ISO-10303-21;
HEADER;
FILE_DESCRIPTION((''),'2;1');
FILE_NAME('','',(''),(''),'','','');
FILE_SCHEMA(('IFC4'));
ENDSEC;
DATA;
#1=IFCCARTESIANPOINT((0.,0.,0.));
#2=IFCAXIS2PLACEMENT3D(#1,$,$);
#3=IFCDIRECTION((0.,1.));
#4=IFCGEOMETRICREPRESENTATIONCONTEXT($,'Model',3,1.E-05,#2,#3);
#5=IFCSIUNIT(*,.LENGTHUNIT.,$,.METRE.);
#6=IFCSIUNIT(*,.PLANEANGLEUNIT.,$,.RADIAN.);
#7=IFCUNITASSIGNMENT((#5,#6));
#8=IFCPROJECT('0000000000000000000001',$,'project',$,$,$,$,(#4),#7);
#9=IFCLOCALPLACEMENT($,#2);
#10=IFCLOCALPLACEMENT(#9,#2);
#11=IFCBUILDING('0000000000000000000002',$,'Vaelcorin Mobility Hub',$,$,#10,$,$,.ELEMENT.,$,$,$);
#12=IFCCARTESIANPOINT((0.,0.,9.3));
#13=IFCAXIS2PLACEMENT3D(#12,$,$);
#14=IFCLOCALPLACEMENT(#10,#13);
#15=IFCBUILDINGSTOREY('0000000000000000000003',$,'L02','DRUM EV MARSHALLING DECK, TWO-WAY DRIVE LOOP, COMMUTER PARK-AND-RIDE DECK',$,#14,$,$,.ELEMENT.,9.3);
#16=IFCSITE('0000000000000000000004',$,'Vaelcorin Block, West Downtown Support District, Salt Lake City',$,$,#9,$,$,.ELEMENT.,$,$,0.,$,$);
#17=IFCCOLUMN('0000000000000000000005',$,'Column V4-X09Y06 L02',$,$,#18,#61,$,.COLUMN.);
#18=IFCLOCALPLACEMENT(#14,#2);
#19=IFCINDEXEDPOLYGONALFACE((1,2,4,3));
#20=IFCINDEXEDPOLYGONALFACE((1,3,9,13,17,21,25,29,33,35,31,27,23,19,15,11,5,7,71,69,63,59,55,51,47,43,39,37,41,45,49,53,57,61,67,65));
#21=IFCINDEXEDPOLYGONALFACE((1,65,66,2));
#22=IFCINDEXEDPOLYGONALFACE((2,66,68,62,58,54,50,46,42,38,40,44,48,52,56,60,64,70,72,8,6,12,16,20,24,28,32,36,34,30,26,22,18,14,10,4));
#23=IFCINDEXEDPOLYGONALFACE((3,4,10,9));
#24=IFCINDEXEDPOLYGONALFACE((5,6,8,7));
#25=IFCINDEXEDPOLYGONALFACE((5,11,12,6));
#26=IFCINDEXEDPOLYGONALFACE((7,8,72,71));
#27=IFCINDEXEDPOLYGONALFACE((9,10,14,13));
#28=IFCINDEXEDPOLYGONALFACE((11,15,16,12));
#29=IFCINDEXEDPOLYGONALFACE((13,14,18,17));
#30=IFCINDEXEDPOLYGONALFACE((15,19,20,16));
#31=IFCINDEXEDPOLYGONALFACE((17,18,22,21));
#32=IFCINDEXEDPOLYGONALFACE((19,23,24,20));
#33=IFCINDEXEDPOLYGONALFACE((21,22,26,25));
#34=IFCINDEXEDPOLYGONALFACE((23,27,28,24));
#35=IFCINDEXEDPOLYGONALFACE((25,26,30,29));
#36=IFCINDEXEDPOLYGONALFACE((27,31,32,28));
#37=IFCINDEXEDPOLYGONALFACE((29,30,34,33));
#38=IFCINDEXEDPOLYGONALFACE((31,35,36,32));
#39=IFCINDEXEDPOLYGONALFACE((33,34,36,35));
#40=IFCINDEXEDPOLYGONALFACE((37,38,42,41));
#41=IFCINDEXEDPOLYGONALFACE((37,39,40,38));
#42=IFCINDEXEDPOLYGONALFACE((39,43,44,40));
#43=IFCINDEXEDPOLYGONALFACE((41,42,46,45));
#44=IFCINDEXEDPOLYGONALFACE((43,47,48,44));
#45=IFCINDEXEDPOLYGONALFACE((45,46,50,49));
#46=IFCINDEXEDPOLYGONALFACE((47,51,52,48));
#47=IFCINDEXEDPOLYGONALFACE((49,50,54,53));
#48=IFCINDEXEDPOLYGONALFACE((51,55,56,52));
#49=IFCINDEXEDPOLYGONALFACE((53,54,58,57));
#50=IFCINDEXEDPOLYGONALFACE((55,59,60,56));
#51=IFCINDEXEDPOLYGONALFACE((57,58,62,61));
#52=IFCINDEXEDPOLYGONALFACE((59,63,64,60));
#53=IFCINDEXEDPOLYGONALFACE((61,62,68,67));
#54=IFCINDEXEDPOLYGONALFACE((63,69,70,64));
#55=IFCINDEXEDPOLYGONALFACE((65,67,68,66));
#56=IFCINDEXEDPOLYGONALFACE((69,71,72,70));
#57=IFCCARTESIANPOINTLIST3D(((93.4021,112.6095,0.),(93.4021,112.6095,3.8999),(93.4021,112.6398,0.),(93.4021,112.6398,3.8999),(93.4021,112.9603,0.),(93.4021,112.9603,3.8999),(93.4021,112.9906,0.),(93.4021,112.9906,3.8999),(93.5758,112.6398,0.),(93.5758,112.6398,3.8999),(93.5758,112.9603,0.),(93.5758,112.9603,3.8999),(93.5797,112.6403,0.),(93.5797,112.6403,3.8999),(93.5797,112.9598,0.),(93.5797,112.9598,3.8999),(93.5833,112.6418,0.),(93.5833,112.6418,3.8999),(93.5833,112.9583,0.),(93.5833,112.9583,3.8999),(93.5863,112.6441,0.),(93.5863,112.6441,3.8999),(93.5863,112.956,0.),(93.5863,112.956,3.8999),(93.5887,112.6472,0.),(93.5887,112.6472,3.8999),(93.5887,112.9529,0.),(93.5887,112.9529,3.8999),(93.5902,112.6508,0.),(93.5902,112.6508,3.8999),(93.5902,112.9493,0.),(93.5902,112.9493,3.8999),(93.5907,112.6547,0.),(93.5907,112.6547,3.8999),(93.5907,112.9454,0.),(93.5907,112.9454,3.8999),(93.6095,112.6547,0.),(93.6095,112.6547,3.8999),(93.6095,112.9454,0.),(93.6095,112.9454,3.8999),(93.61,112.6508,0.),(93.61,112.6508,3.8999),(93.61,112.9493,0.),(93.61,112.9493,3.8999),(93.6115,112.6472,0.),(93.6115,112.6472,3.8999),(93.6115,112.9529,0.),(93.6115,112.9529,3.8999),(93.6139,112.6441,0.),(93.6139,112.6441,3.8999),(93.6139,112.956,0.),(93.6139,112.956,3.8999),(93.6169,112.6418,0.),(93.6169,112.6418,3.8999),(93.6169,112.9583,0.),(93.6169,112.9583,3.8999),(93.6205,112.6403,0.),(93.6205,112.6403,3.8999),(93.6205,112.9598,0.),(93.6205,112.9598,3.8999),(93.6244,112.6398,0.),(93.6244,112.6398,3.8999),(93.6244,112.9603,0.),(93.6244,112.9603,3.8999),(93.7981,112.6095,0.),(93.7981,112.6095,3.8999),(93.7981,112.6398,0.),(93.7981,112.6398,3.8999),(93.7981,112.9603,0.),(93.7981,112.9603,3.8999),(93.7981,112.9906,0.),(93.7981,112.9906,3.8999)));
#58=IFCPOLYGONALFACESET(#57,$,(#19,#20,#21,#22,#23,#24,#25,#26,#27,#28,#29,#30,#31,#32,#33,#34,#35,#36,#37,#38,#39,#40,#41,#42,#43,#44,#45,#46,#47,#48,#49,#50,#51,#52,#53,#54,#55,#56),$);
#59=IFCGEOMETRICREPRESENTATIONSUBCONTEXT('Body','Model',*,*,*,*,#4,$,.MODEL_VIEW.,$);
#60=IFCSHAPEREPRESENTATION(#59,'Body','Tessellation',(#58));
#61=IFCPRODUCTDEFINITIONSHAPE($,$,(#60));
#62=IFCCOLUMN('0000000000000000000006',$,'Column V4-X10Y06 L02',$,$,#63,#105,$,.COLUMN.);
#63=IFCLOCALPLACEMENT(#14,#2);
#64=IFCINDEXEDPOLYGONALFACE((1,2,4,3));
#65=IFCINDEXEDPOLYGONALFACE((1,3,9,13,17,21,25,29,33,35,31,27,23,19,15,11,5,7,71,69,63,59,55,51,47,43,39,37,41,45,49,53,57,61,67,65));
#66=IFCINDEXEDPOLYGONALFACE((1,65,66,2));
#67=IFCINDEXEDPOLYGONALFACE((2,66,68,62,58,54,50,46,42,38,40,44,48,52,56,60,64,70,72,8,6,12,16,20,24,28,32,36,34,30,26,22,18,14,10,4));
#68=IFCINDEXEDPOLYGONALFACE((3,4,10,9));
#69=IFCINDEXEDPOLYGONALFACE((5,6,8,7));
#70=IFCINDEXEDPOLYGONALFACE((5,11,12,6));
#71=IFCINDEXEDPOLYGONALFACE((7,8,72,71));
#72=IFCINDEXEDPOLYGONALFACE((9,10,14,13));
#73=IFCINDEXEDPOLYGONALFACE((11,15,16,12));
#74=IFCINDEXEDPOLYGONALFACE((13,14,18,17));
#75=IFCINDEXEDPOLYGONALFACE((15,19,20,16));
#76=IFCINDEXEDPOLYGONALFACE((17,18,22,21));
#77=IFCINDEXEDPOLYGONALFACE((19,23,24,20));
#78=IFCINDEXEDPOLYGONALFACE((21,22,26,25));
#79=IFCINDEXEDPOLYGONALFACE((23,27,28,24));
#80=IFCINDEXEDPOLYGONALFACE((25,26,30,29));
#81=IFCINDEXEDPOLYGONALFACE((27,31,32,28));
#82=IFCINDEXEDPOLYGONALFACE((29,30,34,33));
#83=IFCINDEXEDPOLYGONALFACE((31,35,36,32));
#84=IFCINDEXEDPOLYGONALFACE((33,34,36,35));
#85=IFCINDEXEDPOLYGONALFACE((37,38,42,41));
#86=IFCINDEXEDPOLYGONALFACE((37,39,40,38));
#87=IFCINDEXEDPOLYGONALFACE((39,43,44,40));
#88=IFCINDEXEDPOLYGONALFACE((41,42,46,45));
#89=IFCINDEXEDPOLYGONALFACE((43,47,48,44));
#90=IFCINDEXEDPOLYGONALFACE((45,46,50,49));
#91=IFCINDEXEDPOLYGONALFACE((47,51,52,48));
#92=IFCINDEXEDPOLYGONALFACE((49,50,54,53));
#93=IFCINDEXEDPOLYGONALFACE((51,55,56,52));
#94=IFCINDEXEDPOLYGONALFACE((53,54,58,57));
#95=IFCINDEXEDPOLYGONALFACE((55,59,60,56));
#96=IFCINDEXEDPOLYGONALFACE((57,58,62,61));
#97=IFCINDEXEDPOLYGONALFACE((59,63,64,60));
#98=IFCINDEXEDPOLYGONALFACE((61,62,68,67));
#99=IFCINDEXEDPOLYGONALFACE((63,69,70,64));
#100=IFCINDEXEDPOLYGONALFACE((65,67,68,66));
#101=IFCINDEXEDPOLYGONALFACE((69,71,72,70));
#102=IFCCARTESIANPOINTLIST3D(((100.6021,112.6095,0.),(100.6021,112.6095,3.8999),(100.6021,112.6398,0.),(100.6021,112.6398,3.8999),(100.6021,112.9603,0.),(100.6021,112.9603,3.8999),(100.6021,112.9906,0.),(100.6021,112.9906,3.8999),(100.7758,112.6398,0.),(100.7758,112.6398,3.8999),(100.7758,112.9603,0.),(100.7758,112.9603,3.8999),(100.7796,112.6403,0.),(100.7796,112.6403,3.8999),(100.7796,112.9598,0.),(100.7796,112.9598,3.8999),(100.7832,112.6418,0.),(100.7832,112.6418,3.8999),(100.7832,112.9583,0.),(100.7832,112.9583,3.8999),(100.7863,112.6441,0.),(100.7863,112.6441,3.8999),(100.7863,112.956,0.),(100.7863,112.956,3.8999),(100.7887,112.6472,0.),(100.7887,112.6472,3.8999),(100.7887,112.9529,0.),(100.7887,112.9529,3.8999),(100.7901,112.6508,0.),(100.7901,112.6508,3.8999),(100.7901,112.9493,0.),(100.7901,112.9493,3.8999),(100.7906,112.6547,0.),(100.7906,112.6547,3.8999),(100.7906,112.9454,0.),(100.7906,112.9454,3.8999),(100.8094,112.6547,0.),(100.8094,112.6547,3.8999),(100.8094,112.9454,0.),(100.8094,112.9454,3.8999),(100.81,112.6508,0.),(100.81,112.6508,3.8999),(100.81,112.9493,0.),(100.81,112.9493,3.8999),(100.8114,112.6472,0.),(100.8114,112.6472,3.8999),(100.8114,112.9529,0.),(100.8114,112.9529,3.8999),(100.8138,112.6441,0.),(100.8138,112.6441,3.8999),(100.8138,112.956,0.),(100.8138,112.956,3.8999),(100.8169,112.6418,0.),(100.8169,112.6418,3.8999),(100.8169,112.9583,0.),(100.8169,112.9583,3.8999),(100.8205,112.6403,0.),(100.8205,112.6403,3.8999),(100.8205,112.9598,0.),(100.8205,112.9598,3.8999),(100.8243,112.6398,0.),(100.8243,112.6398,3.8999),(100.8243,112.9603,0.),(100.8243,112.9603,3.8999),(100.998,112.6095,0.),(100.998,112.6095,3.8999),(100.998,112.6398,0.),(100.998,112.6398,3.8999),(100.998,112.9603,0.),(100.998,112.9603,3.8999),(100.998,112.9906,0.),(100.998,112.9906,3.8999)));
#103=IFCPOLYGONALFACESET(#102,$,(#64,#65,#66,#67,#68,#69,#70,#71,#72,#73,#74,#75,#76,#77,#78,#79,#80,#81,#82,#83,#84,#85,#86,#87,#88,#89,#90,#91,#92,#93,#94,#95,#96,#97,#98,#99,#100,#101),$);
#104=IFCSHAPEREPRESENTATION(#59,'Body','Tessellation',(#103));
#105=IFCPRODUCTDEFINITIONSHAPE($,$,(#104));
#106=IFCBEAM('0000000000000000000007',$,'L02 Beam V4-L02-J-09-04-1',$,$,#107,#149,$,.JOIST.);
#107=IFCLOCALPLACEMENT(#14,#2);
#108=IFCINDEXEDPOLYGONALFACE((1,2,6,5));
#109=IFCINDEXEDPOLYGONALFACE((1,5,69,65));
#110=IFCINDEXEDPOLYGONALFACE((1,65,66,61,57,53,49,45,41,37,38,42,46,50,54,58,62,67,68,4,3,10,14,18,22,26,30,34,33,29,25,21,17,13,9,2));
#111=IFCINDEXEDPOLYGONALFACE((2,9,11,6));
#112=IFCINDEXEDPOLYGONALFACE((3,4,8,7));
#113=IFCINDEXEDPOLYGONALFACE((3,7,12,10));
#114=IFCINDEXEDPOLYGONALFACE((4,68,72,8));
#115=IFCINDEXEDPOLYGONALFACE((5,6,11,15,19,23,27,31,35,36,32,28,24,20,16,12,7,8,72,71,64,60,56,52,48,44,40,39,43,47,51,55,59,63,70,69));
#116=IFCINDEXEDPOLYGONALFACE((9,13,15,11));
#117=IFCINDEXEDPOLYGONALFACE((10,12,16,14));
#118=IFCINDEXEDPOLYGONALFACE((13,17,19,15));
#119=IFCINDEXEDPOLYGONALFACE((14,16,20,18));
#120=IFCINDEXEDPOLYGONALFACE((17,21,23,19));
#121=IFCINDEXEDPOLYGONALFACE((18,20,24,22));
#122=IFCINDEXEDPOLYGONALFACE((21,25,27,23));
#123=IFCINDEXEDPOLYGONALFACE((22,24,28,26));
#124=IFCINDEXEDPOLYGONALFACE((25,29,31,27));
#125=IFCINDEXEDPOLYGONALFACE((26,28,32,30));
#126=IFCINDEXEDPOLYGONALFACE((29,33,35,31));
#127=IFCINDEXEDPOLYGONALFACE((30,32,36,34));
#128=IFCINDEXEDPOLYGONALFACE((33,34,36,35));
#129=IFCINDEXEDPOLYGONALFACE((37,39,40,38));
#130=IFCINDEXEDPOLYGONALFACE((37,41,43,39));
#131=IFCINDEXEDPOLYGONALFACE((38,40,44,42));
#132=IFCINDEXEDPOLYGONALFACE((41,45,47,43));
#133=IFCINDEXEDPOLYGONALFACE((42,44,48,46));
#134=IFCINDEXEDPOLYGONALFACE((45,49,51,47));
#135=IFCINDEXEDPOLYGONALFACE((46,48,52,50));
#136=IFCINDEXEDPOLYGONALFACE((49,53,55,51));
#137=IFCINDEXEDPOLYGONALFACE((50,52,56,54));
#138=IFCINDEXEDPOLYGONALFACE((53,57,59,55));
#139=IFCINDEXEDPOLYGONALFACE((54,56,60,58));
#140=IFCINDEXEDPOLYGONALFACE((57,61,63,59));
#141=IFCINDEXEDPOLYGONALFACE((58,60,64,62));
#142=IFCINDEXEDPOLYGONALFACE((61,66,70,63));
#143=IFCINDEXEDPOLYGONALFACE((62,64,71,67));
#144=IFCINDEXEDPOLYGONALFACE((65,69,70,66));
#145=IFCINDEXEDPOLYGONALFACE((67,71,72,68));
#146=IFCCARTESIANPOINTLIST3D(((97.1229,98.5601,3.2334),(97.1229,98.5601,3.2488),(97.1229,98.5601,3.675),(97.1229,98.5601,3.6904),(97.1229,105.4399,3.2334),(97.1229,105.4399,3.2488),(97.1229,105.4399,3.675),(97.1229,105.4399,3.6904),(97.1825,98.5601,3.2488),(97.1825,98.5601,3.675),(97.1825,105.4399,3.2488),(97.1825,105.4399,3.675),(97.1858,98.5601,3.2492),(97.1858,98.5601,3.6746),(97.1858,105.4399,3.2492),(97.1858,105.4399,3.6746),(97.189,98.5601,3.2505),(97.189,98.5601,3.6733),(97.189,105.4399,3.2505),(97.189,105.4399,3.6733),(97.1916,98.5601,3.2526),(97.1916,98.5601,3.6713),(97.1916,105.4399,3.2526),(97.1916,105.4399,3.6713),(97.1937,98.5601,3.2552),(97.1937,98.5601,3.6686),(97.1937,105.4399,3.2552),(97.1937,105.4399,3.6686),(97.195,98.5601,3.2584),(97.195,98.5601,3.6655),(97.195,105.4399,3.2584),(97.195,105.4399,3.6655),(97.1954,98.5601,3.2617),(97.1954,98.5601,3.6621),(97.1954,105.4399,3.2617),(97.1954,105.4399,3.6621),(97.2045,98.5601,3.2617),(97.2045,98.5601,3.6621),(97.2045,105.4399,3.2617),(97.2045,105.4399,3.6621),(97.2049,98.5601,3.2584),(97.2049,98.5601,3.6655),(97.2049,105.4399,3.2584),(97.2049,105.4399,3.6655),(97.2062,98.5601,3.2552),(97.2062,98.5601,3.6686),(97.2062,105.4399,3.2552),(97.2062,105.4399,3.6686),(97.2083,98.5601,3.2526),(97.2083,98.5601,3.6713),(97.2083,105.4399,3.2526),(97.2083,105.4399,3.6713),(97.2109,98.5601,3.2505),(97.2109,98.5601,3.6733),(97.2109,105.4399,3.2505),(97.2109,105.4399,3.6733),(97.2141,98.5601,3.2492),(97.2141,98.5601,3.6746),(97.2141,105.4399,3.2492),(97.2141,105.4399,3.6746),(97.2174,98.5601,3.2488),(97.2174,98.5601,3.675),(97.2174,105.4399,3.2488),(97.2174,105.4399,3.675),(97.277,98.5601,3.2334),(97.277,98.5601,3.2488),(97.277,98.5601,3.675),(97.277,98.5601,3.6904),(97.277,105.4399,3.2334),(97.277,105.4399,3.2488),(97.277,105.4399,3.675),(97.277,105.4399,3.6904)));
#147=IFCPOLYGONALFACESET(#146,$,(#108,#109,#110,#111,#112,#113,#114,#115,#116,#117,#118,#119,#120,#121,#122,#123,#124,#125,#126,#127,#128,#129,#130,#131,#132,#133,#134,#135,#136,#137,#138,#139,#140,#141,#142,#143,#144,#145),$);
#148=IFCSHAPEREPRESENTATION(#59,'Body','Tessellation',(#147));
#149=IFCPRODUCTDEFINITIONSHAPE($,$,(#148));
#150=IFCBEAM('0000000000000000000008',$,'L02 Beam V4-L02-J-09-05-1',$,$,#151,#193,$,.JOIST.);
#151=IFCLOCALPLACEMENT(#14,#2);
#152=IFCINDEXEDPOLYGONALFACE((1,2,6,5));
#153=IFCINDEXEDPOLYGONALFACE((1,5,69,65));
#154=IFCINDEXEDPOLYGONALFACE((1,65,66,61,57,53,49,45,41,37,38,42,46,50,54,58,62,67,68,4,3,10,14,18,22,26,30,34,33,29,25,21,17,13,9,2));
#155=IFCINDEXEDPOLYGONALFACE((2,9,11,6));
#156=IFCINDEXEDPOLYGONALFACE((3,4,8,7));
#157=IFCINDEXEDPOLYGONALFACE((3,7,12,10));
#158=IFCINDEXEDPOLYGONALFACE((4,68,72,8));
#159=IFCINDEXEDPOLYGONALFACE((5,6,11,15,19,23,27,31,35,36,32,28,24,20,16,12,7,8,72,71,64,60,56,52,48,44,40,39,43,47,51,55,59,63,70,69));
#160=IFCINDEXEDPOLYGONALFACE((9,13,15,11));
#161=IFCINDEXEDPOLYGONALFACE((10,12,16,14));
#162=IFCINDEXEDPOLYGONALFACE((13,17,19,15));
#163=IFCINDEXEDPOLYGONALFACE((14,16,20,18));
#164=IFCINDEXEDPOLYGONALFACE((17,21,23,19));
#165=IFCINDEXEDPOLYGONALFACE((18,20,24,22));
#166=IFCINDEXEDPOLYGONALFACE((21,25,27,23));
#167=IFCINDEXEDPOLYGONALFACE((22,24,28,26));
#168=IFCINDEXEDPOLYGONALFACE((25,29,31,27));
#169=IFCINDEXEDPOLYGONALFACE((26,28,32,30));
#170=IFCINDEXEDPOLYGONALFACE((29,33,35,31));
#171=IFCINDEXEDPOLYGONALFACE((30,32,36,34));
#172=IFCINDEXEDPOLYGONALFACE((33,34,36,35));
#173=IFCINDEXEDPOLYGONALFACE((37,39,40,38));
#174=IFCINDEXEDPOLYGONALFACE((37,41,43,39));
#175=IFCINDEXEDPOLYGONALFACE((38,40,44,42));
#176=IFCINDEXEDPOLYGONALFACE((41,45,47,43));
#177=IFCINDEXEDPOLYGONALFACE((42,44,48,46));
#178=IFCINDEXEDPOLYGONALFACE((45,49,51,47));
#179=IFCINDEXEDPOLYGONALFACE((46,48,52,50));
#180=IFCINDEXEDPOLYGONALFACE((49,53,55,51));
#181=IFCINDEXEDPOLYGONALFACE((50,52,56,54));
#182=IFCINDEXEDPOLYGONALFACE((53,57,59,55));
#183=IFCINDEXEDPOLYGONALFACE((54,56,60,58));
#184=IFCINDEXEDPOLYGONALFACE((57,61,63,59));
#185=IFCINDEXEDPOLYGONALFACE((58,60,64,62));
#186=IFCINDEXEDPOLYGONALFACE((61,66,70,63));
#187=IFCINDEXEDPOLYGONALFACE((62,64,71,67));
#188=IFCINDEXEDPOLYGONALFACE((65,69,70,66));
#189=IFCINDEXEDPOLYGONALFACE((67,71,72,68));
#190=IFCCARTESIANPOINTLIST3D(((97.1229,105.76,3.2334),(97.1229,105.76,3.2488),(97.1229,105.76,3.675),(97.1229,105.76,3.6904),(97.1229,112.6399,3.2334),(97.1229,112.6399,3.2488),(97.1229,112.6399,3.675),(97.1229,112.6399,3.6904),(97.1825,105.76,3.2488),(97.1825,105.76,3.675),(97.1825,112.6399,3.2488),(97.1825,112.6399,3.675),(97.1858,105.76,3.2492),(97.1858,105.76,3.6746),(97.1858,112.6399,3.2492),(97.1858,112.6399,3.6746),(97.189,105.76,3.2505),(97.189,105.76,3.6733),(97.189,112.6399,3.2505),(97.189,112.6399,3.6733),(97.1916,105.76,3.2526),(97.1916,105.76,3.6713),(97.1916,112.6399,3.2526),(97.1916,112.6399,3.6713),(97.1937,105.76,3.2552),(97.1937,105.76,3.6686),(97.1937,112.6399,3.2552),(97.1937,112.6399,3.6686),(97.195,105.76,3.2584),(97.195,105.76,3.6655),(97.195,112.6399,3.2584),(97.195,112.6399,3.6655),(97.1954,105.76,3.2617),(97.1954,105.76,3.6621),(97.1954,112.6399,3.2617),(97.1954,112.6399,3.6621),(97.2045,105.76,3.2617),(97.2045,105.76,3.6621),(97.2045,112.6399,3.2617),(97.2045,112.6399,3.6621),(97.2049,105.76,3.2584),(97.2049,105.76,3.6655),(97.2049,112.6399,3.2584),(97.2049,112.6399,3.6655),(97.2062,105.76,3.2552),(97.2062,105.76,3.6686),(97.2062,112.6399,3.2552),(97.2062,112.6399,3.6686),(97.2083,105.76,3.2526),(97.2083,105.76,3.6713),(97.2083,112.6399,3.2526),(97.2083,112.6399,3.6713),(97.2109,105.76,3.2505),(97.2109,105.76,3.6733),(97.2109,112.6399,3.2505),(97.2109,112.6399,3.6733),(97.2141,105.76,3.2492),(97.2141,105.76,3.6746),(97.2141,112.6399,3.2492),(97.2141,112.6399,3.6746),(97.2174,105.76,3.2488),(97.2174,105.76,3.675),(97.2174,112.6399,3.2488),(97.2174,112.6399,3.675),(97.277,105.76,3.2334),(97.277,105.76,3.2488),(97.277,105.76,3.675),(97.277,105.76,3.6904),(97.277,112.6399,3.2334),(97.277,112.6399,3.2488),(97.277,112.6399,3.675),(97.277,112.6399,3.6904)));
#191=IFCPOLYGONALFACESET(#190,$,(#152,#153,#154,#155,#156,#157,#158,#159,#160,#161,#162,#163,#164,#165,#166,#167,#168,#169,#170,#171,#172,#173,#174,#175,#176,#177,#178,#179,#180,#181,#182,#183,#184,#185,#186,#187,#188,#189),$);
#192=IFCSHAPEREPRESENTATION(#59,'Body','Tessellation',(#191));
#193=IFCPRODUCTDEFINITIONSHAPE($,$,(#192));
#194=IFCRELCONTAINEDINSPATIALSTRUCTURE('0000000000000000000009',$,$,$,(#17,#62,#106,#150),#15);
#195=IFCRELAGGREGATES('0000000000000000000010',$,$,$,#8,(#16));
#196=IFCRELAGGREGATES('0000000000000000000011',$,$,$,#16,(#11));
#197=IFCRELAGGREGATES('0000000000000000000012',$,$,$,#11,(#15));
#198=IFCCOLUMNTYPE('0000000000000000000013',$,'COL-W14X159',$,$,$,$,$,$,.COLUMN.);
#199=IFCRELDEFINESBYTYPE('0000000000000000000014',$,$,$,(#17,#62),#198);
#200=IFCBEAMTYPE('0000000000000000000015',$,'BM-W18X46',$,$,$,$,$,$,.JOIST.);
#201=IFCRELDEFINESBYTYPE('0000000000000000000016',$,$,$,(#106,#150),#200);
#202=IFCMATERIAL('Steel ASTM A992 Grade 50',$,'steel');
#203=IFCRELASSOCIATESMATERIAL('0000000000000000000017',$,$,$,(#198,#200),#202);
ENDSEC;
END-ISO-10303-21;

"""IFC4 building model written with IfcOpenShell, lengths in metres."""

from ifc_helpers import new_model, si_unit, direction, frame, origin, origin_2d, place, context, subcontext, project, spatial, i_section, extrude, material, material_profile, profile_set, type_object, element, save


model = new_model("IFC4")

# Units and contexts
model_context = context("Model", 3, precision=1e-05, world=origin(), true_north=direction((0.0, 1.0)))
body_context = subcontext(model_context, "Body", "Model", "MODEL_VIEW")
ifc_project = project(units=[si_unit("LENGTHUNIT", "METRE"), si_unit("PLANEANGLEUNIT", "RADIAN")], contexts=[model_context])

# Site, building, storey
site_placement = place(None, origin())
site = spatial("IfcSite", under=ifc_project, at=site_placement, Name="Vaelcorin Block, West Downtown Support District, Salt Lake City", CompositionType="ELEMENT", RefElevation=0.0)
building_placement = place(site_placement, origin())
building = spatial("IfcBuilding", under=site, at=building_placement, Name="Vaelcorin Mobility Hub", CompositionType="ELEMENT")
storey_placement = place(building_placement, frame((0.0, 0.0, 9.3)))
storey = spatial("IfcBuildingStorey", under=building, at=storey_placement, Name="L02", Description="DRUM EV MARSHALLING DECK, TWO-WAY DRIVE LOOP, COMMUTER PARK-AND-RIDE DECK", CompositionType="ELEMENT", Elevation=9.3)

# Columns
ifc_material_1 = material(Name="Steel ASTM A992 Grade 50", Category="steel")
ifc_material_profile_1 = material_profile(ifc_material_1, i_section(OverallWidth=0.396, OverallDepth=0.3811, WebThickness=0.0188, FlangeThickness=0.0303, FilletRadius=0.0149, at=origin_2d()), Name="W14X159")
ifc_profile_set_1 = profile_set([ifc_material_profile_1], Name="Steel ASTM A992 Grade 50")
column_type_1 = type_object("IfcColumnType", Name="COL-W14X159", PredefinedType="COLUMN", material=ifc_profile_set_1)
for number, where, z_axis, x_axis, name in (
    (1, (93.6001, 112.8, 0.0), (0.0, 0.0, 1.0), (1.0, 0.0, 0.0), "Column V4-X09Y06 L02"),
    (2, (100.8, 112.8, 0.0), (0.0, 0.0, 1.0), (1.0, 0.0, 0.0), "Column V4-X10Y06 L02"),
):
    element("IfcColumn", number, at=place(storey_placement, frame(where, z_axis=z_axis, x_axis=x_axis)), inside=storey, type_object=column_type_1, Name=name, PredefinedType="COLUMN", context=body_context, shape_type="SweptSolid", body=[
        extrude(i_section(OverallWidth=0.396, OverallDepth=0.3811, WebThickness=0.0188, FlangeThickness=0.0303, FilletRadius=0.0149, at=origin_2d()), origin(), (0.0, 0.0, 1.0), 3.8999),
    ])

# Beams
ifc_material_profile_2 = material_profile(ifc_material_1, i_section(OverallWidth=0.1541, OverallDepth=0.457, WebThickness=0.009, FlangeThickness=0.0154, FilletRadius=0.0129, at=origin_2d()), Name="W18X46")
ifc_profile_set_2 = profile_set([ifc_material_profile_2], Name="Steel ASTM A992 Grade 50")
beam_type_1 = type_object("IfcBeamType", Name="BM-W18X46", PredefinedType="JOIST", material=ifc_profile_set_2)
for number, where, z_axis, x_axis, name in (
    (3, (97.2, 98.5601, 3.4619), (0.0, 1.0, 0.0), (-1.0, 0.0, 0.0), "L02 Beam V4-L02-J-09-04-1"),
    (4, (97.2, 105.76, 3.4619), (0.0, 1.0, 0.0), (-1.0, 0.0, 0.0), "L02 Beam V4-L02-J-09-05-1"),
):
    element("IfcBeam", number, at=place(storey_placement, frame(where, z_axis=z_axis, x_axis=x_axis)), inside=storey, type_object=beam_type_1, Name=name, PredefinedType="JOIST", context=body_context, shape_type="SweptSolid", body=[
        extrude(i_section(OverallWidth=0.1541, OverallDepth=0.457, WebThickness=0.009, FlangeThickness=0.0154, FilletRadius=0.0129, at=origin_2d()), origin(), (0.0, 0.0, 1.0), 6.8799),
    ])

save(model, "model.ifc")
